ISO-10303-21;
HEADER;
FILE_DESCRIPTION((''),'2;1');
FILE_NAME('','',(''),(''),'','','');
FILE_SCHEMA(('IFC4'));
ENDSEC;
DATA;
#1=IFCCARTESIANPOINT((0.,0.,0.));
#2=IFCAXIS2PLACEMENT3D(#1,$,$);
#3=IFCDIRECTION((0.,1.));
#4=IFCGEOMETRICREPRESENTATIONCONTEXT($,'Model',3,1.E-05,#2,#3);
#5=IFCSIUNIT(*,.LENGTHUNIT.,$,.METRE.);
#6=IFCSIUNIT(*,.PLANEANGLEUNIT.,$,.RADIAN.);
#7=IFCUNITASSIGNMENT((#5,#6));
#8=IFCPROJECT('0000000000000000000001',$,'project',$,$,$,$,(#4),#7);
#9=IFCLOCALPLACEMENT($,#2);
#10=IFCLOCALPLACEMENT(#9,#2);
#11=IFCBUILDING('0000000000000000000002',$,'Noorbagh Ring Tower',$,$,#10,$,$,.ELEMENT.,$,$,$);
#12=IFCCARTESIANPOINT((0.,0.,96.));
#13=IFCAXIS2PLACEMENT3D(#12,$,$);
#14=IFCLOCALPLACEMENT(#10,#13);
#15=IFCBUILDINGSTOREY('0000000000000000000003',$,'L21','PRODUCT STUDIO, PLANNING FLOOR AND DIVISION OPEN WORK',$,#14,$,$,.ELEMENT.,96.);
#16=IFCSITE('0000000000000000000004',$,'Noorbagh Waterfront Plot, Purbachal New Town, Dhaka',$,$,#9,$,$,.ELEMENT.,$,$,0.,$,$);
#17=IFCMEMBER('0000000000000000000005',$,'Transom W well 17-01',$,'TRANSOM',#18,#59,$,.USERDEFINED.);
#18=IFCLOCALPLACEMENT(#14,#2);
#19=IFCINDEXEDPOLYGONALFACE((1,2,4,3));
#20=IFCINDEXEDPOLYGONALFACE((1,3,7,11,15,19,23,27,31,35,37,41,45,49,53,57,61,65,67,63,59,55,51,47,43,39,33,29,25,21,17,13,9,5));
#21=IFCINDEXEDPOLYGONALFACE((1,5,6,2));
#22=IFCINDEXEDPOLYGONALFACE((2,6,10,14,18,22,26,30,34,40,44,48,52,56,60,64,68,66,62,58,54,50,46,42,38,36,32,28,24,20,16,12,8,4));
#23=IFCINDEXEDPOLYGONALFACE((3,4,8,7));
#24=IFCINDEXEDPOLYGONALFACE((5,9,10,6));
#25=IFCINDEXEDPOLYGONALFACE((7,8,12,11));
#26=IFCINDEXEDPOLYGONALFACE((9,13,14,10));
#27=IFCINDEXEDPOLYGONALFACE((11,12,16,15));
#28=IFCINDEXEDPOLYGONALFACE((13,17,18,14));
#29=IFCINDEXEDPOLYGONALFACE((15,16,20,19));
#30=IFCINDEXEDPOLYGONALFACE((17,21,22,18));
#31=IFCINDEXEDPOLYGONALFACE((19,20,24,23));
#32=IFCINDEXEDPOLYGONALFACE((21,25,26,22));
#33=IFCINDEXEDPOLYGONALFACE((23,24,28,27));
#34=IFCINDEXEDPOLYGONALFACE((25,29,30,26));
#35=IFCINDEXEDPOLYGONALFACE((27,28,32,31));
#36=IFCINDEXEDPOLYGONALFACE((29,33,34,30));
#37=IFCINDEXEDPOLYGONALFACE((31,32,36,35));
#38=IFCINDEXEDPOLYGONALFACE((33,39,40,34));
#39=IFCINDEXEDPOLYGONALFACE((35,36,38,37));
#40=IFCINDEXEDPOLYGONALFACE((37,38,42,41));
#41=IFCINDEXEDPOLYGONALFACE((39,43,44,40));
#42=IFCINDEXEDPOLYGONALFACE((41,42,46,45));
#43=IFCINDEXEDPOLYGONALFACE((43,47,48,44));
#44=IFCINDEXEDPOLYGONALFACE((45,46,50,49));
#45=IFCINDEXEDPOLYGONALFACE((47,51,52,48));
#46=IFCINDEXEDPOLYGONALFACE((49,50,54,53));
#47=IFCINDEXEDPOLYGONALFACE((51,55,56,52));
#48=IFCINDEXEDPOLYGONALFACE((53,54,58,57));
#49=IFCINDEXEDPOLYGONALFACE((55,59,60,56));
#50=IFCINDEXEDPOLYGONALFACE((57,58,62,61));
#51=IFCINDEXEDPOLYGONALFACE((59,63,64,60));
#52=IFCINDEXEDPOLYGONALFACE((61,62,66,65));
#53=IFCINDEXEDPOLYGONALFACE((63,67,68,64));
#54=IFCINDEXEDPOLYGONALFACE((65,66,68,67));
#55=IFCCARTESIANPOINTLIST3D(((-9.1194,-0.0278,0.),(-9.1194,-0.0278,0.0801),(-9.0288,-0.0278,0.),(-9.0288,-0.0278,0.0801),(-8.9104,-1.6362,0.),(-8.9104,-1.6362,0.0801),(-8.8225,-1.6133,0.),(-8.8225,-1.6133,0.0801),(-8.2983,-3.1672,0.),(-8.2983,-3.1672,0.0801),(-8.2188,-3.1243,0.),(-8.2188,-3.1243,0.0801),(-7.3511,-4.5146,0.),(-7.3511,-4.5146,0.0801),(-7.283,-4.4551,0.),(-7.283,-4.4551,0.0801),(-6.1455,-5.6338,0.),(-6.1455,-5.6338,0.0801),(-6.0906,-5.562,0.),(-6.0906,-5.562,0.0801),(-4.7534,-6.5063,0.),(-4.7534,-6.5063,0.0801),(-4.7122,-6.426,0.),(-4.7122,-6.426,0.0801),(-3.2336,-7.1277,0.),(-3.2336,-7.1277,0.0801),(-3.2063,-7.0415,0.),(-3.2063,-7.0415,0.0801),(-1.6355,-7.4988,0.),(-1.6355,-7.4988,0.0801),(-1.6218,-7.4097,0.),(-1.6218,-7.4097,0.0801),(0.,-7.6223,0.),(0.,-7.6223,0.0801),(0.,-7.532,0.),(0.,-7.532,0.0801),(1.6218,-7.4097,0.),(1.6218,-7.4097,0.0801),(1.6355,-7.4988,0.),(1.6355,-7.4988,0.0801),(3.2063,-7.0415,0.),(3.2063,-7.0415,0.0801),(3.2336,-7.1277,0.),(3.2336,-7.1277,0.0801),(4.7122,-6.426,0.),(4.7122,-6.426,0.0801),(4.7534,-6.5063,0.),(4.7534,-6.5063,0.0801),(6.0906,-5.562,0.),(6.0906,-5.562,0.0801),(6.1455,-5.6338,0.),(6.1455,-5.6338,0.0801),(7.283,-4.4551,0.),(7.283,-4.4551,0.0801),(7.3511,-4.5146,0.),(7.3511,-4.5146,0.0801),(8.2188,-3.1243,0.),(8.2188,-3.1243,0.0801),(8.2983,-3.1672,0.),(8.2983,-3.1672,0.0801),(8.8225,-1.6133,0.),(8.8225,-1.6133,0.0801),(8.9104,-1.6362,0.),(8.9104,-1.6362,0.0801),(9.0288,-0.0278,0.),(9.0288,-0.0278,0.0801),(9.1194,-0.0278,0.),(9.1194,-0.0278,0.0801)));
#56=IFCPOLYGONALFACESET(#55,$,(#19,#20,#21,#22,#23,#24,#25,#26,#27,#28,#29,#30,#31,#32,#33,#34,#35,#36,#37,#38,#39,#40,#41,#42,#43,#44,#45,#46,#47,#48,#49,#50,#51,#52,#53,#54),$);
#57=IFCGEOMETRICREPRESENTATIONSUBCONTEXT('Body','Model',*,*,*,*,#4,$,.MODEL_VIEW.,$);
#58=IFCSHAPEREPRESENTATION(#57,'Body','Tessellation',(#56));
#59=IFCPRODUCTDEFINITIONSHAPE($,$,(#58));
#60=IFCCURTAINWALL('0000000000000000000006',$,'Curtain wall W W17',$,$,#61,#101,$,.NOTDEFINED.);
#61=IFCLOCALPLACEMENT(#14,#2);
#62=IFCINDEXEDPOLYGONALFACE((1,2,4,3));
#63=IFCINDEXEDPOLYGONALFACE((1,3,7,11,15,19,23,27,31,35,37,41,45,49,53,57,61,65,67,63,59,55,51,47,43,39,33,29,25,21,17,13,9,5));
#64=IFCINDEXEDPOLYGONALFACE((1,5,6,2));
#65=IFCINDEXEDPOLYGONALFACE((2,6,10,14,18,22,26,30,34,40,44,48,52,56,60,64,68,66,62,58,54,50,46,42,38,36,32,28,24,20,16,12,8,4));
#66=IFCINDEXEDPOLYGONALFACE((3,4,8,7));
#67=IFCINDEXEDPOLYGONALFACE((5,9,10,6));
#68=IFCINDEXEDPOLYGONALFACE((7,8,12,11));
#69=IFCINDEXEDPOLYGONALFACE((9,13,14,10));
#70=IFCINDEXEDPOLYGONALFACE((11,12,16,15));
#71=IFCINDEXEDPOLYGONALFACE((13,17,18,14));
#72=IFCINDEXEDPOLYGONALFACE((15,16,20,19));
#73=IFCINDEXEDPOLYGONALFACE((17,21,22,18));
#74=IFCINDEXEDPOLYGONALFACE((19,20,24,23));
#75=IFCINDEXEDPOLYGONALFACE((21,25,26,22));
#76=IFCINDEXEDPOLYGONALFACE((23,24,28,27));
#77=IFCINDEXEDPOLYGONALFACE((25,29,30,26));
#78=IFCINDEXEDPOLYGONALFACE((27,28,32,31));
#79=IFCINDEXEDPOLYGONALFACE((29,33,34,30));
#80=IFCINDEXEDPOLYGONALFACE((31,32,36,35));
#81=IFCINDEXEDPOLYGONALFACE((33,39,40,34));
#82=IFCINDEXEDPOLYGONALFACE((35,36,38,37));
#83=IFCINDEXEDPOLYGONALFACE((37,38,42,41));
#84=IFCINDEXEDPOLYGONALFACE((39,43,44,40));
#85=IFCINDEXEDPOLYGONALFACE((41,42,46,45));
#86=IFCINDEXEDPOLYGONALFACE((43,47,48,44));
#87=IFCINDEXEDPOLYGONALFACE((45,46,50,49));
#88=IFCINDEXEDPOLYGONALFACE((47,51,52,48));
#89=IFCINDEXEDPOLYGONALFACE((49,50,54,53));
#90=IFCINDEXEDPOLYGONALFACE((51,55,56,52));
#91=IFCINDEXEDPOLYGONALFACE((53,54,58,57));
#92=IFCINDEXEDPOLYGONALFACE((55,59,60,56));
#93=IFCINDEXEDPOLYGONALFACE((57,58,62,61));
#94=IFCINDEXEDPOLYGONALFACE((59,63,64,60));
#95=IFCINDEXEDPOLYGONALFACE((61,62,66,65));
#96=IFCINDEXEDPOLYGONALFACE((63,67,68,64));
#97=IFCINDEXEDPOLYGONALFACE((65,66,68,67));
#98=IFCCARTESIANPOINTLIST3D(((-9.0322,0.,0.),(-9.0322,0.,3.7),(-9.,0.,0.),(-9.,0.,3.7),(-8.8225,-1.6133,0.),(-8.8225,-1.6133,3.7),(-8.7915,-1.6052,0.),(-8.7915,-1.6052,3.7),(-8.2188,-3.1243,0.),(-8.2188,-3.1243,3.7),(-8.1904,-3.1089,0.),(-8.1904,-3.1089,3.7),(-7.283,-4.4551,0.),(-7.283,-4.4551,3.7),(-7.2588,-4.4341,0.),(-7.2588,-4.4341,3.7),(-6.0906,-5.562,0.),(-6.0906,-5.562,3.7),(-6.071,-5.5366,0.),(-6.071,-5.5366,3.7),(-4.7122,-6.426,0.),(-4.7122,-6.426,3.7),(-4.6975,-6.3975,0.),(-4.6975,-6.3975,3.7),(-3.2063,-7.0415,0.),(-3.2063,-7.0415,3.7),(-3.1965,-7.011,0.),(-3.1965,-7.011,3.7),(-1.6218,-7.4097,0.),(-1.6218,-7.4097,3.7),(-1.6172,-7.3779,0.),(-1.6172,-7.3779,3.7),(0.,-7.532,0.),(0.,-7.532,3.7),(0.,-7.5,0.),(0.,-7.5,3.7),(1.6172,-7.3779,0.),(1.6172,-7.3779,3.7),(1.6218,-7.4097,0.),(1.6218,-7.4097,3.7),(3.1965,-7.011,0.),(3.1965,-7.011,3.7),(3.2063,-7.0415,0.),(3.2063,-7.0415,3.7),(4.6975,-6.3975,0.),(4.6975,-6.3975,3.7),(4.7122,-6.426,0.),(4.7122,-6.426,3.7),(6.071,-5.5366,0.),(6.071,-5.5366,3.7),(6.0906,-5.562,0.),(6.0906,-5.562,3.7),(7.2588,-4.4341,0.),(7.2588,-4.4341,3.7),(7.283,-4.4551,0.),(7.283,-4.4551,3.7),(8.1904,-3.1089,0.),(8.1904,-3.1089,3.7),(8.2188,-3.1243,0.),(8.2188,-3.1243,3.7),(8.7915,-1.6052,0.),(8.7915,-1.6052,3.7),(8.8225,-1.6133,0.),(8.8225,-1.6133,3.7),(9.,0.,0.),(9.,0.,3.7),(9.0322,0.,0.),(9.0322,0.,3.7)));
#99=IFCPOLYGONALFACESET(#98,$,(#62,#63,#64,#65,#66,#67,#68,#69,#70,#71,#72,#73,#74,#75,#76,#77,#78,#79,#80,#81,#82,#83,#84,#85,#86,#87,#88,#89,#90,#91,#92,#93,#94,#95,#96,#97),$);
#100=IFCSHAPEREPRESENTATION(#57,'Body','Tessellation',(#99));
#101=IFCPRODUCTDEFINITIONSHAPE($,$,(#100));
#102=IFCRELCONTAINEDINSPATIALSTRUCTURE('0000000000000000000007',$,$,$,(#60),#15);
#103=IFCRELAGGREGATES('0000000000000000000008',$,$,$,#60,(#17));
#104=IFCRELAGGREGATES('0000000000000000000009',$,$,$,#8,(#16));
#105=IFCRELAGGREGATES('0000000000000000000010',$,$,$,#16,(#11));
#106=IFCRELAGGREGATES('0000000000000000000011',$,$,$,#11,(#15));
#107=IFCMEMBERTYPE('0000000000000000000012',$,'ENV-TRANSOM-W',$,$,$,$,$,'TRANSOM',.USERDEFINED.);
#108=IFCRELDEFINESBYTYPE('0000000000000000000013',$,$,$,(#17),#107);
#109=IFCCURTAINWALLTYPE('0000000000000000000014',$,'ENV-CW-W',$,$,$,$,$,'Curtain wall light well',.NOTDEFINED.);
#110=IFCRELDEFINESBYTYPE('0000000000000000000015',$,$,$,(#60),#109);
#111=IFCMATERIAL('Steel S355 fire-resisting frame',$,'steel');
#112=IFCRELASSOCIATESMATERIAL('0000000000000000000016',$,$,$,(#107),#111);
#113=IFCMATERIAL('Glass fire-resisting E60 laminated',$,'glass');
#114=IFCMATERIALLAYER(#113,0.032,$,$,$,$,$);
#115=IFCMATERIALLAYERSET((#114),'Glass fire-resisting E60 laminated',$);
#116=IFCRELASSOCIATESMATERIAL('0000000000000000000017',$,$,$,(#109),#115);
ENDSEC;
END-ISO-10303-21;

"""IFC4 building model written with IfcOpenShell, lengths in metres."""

from ifc_helpers import new_model, si_unit, direction, frame, origin, place, context, subcontext, project, spatial, polyline, outline, extrude, material, layer, layer_set, type_object, element, aggregate, save


model = new_model("IFC4")

# Units and contexts
model_context = context("Model", 3, precision=1e-05, world=origin(), true_north=direction((0.0, 1.0)))
body_context = subcontext(model_context, "Body", "Model", "MODEL_VIEW")
ifc_project = project(units=[si_unit("LENGTHUNIT", "METRE"), si_unit("PLANEANGLEUNIT", "RADIAN")], contexts=[model_context])

# Member
site_placement = place(None, origin())
building_placement = place(site_placement, origin())
storey_placement = place(building_placement, frame((0.0, 0.0, 96.0)))
ifc_material_1 = material(Name="Steel S355 fire-resisting frame", Category="steel")
member_type_1 = type_object("IfcMemberType", Name="ENV-TRANSOM-W", ElementType="TRANSOM", PredefinedType="USERDEFINED", material=ifc_material_1)
member_1_placement = place(storey_placement, origin())
member_1 = element("IfcMember", 1, at=member_1_placement, type_object=member_type_1, Name="Transom W well 17-01", ObjectType="TRANSOM", PredefinedType="USERDEFINED", context=body_context, shape_type="SweptSolid", body=[
    extrude(outline(polyline([(-9.1194, -0.0278), (-8.9104, -1.6362), (-8.2983, -3.1672), (-7.3511, -4.5146), (-6.1455, -5.6338), (-4.7534, -6.5063), (-3.2336, -7.1277), (-1.6355, -7.4988), (0.0, -7.6223), (1.6355, -7.4988), (3.2336, -7.1277), (4.7534, -6.5063), (6.1455, -5.6338), (7.3511, -4.5146), (8.2983, -3.1672), (8.9104, -1.6362), (9.1194, -0.0278), (9.0288, -0.0278), (8.8225, -1.6133), (8.2188, -3.1243), (7.283, -4.4551), (6.0906, -5.562), (4.7122, -6.426), (3.2063, -7.0415), (1.6218, -7.4097), (0.0, -7.532), (-1.6218, -7.4097), (-3.2063, -7.0415), (-4.7122, -6.426), (-6.0906, -5.562), (-7.283, -4.4551), (-8.2188, -3.1243), (-8.8225, -1.6133), (-9.0288, -0.0278), (-9.1194, -0.0278)])), origin(), (0.0, 0.0, 1.0), 0.0801),
])

# Site, building, storey
site = spatial("IfcSite", under=ifc_project, at=site_placement, Name="Noorbagh Waterfront Plot, Purbachal New Town, Dhaka", CompositionType="ELEMENT", RefElevation=0.0)
building = spatial("IfcBuilding", under=site, at=building_placement, Name="Noorbagh Ring Tower", CompositionType="ELEMENT")
storey = spatial("IfcBuildingStorey", under=building, at=storey_placement, Name="L21", Description="PRODUCT STUDIO, PLANNING FLOOR AND DIVISION OPEN WORK", CompositionType="ELEMENT", Elevation=96.0)

# Curtain wall
ifc_material_2 = material(Name="Glass fire-resisting E60 laminated", Category="glass")
ifc_layer_1 = layer(ifc_material_2, 0.032)
ifc_layer_set_1 = layer_set([ifc_layer_1], Name="Glass fire-resisting E60 laminated")
curtain_wall_type_1 = type_object("IfcCurtainWallType", Name="ENV-CW-W", ElementType="Curtain wall light well", PredefinedType="NOTDEFINED", material=ifc_layer_set_1)
curtain_wall_1_placement = place(storey_placement, origin())
curtain_wall_1 = element("IfcCurtainWall", 2, at=curtain_wall_1_placement, inside=storey, type_object=curtain_wall_type_1, Name="Curtain wall W W17", PredefinedType="NOTDEFINED", context=body_context, shape_type="SweptSolid", body=[
    extrude(outline(polyline([(-9.0322, 0.0), (-8.8225, -1.6133), (-8.2188, -3.1243), (-7.283, -4.4551), (-6.0906, -5.562), (-4.7122, -6.426), (-3.2063, -7.0415), (-1.6218, -7.4097), (0.0, -7.532), (1.6218, -7.4097), (3.2063, -7.0415), (4.7122, -6.426), (6.0906, -5.562), (7.283, -4.4551), (8.2188, -3.1243), (8.8225, -1.6133), (9.0322, 0.0), (9.0, 0.0), (8.7915, -1.6052), (8.1904, -3.1089), (7.2588, -4.4341), (6.071, -5.5366), (4.6975, -6.3975), (3.1965, -7.011), (1.6172, -7.3779), (0.0, -7.5), (-1.6172, -7.3779), (-3.1965, -7.011), (-4.6975, -6.3975), (-6.071, -5.5366), (-7.2588, -4.4341), (-8.1904, -3.1089), (-8.7915, -1.6052), (-9.0, 0.0), (-9.0322, 0.0)])), origin(), (0.0, 0.0, 1.0), 3.7),
])
aggregate(curtain_wall_1, [member_1])

save(model, "model.ifc")
